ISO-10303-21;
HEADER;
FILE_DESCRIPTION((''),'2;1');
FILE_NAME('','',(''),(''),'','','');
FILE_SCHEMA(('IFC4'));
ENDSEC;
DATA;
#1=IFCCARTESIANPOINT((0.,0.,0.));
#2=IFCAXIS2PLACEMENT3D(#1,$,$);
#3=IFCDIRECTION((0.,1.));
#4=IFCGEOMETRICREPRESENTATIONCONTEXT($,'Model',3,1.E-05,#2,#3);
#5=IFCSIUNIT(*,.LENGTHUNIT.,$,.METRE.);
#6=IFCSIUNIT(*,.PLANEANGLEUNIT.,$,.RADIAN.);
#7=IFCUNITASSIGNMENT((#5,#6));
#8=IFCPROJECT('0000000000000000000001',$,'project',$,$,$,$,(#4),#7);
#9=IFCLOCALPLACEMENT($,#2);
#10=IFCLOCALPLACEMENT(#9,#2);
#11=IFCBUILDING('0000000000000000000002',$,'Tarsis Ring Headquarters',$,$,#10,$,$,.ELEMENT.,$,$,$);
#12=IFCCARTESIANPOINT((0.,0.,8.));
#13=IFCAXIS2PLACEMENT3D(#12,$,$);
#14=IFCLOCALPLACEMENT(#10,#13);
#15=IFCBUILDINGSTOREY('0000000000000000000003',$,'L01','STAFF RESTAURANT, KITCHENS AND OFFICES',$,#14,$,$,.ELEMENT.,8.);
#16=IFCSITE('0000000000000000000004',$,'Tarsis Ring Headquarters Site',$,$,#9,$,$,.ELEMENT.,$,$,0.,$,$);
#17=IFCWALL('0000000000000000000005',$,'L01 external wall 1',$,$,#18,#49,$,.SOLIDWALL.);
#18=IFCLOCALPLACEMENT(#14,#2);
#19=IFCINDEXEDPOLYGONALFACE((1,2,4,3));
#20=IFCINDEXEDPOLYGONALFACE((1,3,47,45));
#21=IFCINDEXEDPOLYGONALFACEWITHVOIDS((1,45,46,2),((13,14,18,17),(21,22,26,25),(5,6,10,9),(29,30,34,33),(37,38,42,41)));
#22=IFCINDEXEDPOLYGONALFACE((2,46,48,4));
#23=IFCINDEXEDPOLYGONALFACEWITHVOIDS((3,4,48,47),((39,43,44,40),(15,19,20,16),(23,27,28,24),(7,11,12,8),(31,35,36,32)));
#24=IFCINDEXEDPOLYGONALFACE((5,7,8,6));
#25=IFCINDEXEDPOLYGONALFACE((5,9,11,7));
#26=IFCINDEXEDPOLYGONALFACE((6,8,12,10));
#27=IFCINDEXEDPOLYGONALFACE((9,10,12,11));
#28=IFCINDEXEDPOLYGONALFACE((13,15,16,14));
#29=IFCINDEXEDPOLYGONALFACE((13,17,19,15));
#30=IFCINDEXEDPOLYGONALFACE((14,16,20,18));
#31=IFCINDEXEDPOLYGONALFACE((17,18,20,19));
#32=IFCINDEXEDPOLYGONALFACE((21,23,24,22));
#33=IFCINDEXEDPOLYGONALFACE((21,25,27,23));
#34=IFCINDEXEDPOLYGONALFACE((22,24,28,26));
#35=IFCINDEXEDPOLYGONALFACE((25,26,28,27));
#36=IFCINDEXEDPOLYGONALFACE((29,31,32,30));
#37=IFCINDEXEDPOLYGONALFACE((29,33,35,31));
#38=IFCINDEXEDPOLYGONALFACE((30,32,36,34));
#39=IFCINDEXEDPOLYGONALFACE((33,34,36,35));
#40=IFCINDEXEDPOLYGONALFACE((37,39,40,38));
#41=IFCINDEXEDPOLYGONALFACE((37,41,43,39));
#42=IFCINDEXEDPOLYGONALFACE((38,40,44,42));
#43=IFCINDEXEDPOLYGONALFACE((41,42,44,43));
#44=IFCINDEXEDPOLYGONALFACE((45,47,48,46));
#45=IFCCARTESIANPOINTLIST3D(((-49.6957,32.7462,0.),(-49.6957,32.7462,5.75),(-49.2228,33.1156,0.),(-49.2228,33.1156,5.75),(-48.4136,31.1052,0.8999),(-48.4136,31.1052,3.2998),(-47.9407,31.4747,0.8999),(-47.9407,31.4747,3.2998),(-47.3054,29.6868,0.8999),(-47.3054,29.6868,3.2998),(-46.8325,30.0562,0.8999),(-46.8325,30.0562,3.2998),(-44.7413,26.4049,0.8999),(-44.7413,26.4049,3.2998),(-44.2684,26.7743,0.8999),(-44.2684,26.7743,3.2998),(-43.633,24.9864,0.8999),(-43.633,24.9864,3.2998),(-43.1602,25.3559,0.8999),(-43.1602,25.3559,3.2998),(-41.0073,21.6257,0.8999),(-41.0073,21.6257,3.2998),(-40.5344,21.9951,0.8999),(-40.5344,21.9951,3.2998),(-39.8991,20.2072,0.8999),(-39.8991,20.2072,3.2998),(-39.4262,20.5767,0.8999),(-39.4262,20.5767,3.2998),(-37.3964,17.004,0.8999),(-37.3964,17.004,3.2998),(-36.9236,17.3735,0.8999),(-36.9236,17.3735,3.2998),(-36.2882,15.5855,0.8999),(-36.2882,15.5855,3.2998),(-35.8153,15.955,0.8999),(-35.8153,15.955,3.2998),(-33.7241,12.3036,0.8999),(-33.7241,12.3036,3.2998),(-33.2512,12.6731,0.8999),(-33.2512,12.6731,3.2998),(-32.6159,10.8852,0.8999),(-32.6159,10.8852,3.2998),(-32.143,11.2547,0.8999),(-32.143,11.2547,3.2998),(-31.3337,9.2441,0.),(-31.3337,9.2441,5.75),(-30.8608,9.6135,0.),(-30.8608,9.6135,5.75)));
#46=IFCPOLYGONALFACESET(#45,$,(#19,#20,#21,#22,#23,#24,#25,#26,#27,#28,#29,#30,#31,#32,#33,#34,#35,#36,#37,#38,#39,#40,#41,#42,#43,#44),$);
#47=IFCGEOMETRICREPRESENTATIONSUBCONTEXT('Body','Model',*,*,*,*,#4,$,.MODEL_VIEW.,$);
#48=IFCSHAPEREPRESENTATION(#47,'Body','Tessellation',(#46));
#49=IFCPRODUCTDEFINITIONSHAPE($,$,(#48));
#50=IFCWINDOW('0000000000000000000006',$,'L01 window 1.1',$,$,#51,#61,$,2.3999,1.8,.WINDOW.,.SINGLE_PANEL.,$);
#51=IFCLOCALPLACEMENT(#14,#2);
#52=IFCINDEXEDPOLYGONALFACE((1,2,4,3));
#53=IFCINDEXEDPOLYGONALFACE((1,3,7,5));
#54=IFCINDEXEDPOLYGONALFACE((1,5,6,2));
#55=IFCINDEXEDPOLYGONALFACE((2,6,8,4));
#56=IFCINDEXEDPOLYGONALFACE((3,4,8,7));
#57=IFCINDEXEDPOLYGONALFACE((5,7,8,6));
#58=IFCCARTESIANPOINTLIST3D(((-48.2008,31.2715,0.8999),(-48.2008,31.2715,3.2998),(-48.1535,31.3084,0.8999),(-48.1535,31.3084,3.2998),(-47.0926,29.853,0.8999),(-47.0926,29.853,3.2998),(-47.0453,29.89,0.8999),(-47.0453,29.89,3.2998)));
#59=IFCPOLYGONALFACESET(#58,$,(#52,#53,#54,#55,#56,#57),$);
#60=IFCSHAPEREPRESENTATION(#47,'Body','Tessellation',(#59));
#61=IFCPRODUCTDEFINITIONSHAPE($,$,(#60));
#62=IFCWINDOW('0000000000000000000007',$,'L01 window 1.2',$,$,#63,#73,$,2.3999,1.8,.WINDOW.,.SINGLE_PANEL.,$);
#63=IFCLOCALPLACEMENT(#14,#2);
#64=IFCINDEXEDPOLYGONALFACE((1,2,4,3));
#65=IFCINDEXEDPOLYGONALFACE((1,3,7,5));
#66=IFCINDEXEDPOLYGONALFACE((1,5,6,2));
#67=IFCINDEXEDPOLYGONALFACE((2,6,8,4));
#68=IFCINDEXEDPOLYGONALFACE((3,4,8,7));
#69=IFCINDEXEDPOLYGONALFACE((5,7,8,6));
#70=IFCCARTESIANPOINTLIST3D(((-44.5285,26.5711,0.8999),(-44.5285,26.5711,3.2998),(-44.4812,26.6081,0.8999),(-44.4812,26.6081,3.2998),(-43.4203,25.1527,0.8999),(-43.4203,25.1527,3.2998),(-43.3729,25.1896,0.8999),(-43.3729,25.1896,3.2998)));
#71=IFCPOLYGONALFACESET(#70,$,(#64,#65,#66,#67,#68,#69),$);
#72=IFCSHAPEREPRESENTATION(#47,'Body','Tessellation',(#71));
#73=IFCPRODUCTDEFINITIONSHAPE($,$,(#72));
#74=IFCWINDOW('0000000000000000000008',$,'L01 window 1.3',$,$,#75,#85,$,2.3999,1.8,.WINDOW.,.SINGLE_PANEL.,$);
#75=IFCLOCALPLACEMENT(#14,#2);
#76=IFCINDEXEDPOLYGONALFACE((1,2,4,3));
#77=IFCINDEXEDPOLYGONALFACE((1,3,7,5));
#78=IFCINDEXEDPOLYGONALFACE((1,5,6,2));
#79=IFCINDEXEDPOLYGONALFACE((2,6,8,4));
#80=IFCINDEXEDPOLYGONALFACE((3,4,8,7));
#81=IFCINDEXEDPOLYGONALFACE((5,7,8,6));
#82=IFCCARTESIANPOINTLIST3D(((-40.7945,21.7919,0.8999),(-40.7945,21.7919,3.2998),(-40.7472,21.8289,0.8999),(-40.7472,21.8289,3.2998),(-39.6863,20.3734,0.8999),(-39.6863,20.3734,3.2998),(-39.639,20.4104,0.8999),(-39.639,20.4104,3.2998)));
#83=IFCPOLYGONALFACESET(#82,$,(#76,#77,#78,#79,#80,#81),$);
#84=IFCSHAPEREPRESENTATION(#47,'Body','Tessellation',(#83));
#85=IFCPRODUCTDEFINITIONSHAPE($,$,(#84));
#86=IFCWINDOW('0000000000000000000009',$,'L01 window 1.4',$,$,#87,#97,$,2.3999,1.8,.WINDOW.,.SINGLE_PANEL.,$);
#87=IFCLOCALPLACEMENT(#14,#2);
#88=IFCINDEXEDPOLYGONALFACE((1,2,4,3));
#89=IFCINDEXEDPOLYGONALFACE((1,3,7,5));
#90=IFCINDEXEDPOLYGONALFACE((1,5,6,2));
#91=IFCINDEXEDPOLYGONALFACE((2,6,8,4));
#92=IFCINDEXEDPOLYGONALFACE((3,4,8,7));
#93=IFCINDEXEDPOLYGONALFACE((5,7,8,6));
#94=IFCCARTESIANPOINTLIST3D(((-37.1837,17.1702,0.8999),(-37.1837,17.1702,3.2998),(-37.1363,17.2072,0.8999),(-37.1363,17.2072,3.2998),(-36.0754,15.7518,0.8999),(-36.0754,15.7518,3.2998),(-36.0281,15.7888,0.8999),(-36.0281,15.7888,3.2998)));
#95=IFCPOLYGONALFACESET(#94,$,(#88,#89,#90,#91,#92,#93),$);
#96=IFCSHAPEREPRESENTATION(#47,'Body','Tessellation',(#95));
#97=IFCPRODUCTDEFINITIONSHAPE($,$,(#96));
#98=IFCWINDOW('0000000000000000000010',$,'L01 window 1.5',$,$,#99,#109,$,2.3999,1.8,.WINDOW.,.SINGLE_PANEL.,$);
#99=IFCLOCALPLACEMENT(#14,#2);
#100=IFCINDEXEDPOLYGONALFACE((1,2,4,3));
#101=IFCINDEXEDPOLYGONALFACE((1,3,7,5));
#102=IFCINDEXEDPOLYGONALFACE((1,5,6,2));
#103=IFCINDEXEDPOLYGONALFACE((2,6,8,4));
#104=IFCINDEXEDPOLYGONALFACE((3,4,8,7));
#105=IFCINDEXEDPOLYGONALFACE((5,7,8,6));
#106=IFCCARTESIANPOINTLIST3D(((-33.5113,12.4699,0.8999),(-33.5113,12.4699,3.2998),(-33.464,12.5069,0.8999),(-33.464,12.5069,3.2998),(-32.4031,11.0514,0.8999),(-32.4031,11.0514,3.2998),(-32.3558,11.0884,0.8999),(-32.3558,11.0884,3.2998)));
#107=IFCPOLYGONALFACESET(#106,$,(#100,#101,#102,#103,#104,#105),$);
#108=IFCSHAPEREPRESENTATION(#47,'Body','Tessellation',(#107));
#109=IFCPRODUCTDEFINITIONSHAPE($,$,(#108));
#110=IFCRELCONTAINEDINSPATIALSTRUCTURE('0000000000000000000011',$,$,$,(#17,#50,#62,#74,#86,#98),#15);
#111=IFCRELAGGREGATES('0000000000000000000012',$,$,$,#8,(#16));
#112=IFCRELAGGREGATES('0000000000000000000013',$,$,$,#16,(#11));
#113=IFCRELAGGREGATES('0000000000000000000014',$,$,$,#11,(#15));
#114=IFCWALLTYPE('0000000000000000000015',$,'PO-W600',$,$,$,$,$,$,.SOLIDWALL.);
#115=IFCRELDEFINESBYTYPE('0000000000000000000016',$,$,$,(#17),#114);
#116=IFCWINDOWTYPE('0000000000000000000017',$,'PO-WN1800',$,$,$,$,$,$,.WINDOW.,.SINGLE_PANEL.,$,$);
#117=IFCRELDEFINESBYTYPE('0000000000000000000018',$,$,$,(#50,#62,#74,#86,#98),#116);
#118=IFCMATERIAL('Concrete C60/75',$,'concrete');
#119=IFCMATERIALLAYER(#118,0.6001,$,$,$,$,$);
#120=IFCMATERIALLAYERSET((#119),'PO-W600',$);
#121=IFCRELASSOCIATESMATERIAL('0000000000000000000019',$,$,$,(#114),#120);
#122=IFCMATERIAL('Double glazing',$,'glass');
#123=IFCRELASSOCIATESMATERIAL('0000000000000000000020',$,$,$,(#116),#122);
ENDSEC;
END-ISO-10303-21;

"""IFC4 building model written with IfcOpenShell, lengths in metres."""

from ifc_helpers import new_model, si_unit, direction, frame, frame_2d, origin, place, context, subcontext, project, spatial, rectangle, extrude, material, layer, layer_set, type_object, element, fill, save


model = new_model("IFC4")

# Units and contexts
model_context = context("Model", 3, precision=1e-05, world=origin(), true_north=direction((0.0, 1.0)))
body_context = subcontext(model_context, "Body", "Model", "MODEL_VIEW")
ifc_project = project(units=[si_unit("LENGTHUNIT", "METRE"), si_unit("PLANEANGLEUNIT", "RADIAN")], contexts=[model_context])

# Site, building, storey
site_placement = place(None, origin())
site = spatial("IfcSite", under=ifc_project, at=site_placement, Name="Tarsis Ring Headquarters Site", CompositionType="ELEMENT", RefElevation=0.0)
building_placement = place(site_placement, origin())
building = spatial("IfcBuilding", under=site, at=building_placement, Name="Tarsis Ring Headquarters", CompositionType="ELEMENT")
storey_placement = place(building_placement, frame((0.0, 0.0, 8.0)))
storey = spatial("IfcBuildingStorey", under=building, at=storey_placement, Name="L01", Description="STAFF RESTAURANT, KITCHENS AND OFFICES", CompositionType="ELEMENT", Elevation=8.0)

# Shared definitions
ifc_material_1 = material(Name="Concrete C60/75", Category="concrete")

# Wall, openings, windows
ifc_layer_1 = layer(ifc_material_1, 0.6001)
ifc_layer_set_1 = layer_set([ifc_layer_1], Name="PO-W600")
wall_type_1 = type_object("IfcWallType", Name="PO-W600", PredefinedType="SOLIDWALL", material=ifc_layer_set_1)
wall_1_placement = place(storey_placement, frame((-49.4592, 32.9309, 0.0), z_axis=(0.0, 0.0, 1.0), x_axis=(0.615664, -0.788009, 0.0)))
wall_1 = element("IfcWall", 1, at=wall_1_placement, inside=storey, type_object=wall_type_1, Name="L01 external wall 1", PredefinedType="SOLIDWALL", context=body_context, shape_type="SweptSolid", body=[
    extrude(rectangle(XDim=29.8247, YDim=0.6001, at=frame_2d((14.9124, 0.0))), origin(), (0.0, 0.0, 1.0), 5.75),
])
opening_1_placement = place(wall_1_placement, frame((2.0825, 0.0, 0.8999)))
opening_1 = element("IfcOpeningElement", 2, at=opening_1_placement, cuts=wall_1, PredefinedType="OPENING", context=body_context, shape_type="SweptSolid", body=[
    extrude(rectangle(XDim=1.8, YDim=2.3999, at=frame_2d((0.8999, 1.2))), frame((0.0, 0.3101, 0.0), z_axis=(0.0, -1.0, 0.0), x_axis=(1.0, 0.0, 0.0)), (0.0, 0.0, 1.0), 0.6201),
])
opening_2_placement = place(wall_1_placement, frame((8.0474, 0.0, 0.8999)))
opening_2 = element("IfcOpeningElement", 3, at=opening_2_placement, cuts=wall_1, PredefinedType="OPENING", context=body_context, shape_type="SweptSolid", body=[
    extrude(rectangle(XDim=1.8, YDim=2.3999, at=frame_2d((0.8999, 1.2))), frame((0.0, 0.3101, 0.0), z_axis=(0.0, -1.0, 0.0), x_axis=(1.0, 0.0, 0.0)), (0.0, 0.0, 1.0), 0.6201),
])
opening_3_placement = place(wall_1_placement, frame((14.1123, 0.0, 0.8999)))
opening_3 = element("IfcOpeningElement", 4, at=opening_3_placement, cuts=wall_1, PredefinedType="OPENING", context=body_context, shape_type="SweptSolid", body=[
    extrude(rectangle(XDim=1.8, YDim=2.3999, at=frame_2d((0.8999, 1.2))), frame((0.0, 0.3101, 0.0), z_axis=(0.0, -1.0, 0.0), x_axis=(1.0, 0.0, 0.0)), (0.0, 0.0, 1.0), 0.6201),
])
opening_4_placement = place(wall_1_placement, frame((19.9773, 0.0, 0.8999)))
opening_4 = element("IfcOpeningElement", 5, at=opening_4_placement, cuts=wall_1, PredefinedType="OPENING", context=body_context, shape_type="SweptSolid", body=[
    extrude(rectangle(XDim=1.8, YDim=2.3999, at=frame_2d((0.8999, 1.2))), frame((0.0, 0.3101, 0.0), z_axis=(0.0, -1.0, 0.0), x_axis=(1.0, 0.0, 0.0)), (0.0, 0.0, 1.0), 0.6201),
])
opening_5_placement = place(wall_1_placement, frame((25.9421, 0.0, 0.8999)))
opening_5 = element("IfcOpeningElement", 6, at=opening_5_placement, cuts=wall_1, PredefinedType="OPENING", context=body_context, shape_type="SweptSolid", body=[
    extrude(rectangle(XDim=1.8, YDim=2.3999, at=frame_2d((0.8999, 1.2))), frame((0.0, 0.3101, 0.0), z_axis=(0.0, -1.0, 0.0), x_axis=(1.0, 0.0, 0.0)), (0.0, 0.0, 1.0), 0.6201),
])
ifc_material_2 = material(Name="Double glazing", Category="glass")
window_type = type_object("IfcWindowType", Name="PO-WN1800", PartitioningType="SINGLE_PANEL", PredefinedType="WINDOW", material=ifc_material_2)
window_1_placement = place(opening_1_placement, origin())
window_1 = element("IfcWindow", 7, at=window_1_placement, inside=storey, type_object=window_type, Name="L01 window 1.1", OverallHeight=2.3999, OverallWidth=1.8, PartitioningType="SINGLE_PANEL", PredefinedType="WINDOW", context=body_context, shape_type="SweptSolid", body=[
    extrude(rectangle(XDim=1.8, YDim=2.3999, at=frame_2d((0.8999, 1.2))), frame((0.0, 0.03, 0.0), z_axis=(0.0, -1.0, 0.0), x_axis=(1.0, 0.0, 0.0)), (0.0, 0.0, 1.0), 0.0601),
])
fill(opening_1, window_1)
window_2_placement = place(opening_2_placement, origin())
window_2 = element("IfcWindow", 8, at=window_2_placement, inside=storey, type_object=window_type, Name="L01 window 1.2", OverallHeight=2.3999, OverallWidth=1.8, PartitioningType="SINGLE_PANEL", PredefinedType="WINDOW", context=body_context, shape_type="SweptSolid", body=[
    extrude(rectangle(XDim=1.8, YDim=2.3999, at=frame_2d((0.8999, 1.2))), frame((0.0, 0.03, 0.0), z_axis=(0.0, -1.0, 0.0), x_axis=(1.0, 0.0, 0.0)), (0.0, 0.0, 1.0), 0.0601),
])
fill(opening_2, window_2)
window_3_placement = place(opening_3_placement, origin())
window_3 = element("IfcWindow", 9, at=window_3_placement, inside=storey, type_object=window_type, Name="L01 window 1.3", OverallHeight=2.3999, OverallWidth=1.8, PartitioningType="SINGLE_PANEL", PredefinedType="WINDOW", context=body_context, shape_type="SweptSolid", body=[
    extrude(rectangle(XDim=1.8, YDim=2.3999, at=frame_2d((0.8999, 1.2))), frame((0.0, 0.03, 0.0), z_axis=(0.0, -1.0, 0.0), x_axis=(1.0, 0.0, 0.0)), (0.0, 0.0, 1.0), 0.0601),
])
fill(opening_3, window_3)
window_4_placement = place(opening_4_placement, origin())
window_4 = element("IfcWindow", 10, at=window_4_placement, inside=storey, type_object=window_type, Name="L01 window 1.4", OverallHeight=2.3999, OverallWidth=1.8, PartitioningType="SINGLE_PANEL", PredefinedType="WINDOW", context=body_context, shape_type="SweptSolid", body=[
    extrude(rectangle(XDim=1.8, YDim=2.3999, at=frame_2d((0.8999, 1.2))), frame((0.0, 0.03, 0.0), z_axis=(0.0, -1.0, 0.0), x_axis=(1.0, 0.0, 0.0)), (0.0, 0.0, 1.0), 0.0601),
])
fill(opening_4, window_4)
window_5_placement = place(opening_5_placement, origin())
window_5 = element("IfcWindow", 11, at=window_5_placement, inside=storey, type_object=window_type, Name="L01 window 1.5", OverallHeight=2.3999, OverallWidth=1.8, PartitioningType="SINGLE_PANEL", PredefinedType="WINDOW", context=body_context, shape_type="SweptSolid", body=[
    extrude(rectangle(XDim=1.8, YDim=2.3999, at=frame_2d((0.8999, 1.2))), frame((0.0, 0.03, 0.0), z_axis=(0.0, -1.0, 0.0), x_axis=(1.0, 0.0, 0.0)), (0.0, 0.0, 1.0), 0.0601),
])
fill(opening_5, window_5)

save(model, "model.ifc")
